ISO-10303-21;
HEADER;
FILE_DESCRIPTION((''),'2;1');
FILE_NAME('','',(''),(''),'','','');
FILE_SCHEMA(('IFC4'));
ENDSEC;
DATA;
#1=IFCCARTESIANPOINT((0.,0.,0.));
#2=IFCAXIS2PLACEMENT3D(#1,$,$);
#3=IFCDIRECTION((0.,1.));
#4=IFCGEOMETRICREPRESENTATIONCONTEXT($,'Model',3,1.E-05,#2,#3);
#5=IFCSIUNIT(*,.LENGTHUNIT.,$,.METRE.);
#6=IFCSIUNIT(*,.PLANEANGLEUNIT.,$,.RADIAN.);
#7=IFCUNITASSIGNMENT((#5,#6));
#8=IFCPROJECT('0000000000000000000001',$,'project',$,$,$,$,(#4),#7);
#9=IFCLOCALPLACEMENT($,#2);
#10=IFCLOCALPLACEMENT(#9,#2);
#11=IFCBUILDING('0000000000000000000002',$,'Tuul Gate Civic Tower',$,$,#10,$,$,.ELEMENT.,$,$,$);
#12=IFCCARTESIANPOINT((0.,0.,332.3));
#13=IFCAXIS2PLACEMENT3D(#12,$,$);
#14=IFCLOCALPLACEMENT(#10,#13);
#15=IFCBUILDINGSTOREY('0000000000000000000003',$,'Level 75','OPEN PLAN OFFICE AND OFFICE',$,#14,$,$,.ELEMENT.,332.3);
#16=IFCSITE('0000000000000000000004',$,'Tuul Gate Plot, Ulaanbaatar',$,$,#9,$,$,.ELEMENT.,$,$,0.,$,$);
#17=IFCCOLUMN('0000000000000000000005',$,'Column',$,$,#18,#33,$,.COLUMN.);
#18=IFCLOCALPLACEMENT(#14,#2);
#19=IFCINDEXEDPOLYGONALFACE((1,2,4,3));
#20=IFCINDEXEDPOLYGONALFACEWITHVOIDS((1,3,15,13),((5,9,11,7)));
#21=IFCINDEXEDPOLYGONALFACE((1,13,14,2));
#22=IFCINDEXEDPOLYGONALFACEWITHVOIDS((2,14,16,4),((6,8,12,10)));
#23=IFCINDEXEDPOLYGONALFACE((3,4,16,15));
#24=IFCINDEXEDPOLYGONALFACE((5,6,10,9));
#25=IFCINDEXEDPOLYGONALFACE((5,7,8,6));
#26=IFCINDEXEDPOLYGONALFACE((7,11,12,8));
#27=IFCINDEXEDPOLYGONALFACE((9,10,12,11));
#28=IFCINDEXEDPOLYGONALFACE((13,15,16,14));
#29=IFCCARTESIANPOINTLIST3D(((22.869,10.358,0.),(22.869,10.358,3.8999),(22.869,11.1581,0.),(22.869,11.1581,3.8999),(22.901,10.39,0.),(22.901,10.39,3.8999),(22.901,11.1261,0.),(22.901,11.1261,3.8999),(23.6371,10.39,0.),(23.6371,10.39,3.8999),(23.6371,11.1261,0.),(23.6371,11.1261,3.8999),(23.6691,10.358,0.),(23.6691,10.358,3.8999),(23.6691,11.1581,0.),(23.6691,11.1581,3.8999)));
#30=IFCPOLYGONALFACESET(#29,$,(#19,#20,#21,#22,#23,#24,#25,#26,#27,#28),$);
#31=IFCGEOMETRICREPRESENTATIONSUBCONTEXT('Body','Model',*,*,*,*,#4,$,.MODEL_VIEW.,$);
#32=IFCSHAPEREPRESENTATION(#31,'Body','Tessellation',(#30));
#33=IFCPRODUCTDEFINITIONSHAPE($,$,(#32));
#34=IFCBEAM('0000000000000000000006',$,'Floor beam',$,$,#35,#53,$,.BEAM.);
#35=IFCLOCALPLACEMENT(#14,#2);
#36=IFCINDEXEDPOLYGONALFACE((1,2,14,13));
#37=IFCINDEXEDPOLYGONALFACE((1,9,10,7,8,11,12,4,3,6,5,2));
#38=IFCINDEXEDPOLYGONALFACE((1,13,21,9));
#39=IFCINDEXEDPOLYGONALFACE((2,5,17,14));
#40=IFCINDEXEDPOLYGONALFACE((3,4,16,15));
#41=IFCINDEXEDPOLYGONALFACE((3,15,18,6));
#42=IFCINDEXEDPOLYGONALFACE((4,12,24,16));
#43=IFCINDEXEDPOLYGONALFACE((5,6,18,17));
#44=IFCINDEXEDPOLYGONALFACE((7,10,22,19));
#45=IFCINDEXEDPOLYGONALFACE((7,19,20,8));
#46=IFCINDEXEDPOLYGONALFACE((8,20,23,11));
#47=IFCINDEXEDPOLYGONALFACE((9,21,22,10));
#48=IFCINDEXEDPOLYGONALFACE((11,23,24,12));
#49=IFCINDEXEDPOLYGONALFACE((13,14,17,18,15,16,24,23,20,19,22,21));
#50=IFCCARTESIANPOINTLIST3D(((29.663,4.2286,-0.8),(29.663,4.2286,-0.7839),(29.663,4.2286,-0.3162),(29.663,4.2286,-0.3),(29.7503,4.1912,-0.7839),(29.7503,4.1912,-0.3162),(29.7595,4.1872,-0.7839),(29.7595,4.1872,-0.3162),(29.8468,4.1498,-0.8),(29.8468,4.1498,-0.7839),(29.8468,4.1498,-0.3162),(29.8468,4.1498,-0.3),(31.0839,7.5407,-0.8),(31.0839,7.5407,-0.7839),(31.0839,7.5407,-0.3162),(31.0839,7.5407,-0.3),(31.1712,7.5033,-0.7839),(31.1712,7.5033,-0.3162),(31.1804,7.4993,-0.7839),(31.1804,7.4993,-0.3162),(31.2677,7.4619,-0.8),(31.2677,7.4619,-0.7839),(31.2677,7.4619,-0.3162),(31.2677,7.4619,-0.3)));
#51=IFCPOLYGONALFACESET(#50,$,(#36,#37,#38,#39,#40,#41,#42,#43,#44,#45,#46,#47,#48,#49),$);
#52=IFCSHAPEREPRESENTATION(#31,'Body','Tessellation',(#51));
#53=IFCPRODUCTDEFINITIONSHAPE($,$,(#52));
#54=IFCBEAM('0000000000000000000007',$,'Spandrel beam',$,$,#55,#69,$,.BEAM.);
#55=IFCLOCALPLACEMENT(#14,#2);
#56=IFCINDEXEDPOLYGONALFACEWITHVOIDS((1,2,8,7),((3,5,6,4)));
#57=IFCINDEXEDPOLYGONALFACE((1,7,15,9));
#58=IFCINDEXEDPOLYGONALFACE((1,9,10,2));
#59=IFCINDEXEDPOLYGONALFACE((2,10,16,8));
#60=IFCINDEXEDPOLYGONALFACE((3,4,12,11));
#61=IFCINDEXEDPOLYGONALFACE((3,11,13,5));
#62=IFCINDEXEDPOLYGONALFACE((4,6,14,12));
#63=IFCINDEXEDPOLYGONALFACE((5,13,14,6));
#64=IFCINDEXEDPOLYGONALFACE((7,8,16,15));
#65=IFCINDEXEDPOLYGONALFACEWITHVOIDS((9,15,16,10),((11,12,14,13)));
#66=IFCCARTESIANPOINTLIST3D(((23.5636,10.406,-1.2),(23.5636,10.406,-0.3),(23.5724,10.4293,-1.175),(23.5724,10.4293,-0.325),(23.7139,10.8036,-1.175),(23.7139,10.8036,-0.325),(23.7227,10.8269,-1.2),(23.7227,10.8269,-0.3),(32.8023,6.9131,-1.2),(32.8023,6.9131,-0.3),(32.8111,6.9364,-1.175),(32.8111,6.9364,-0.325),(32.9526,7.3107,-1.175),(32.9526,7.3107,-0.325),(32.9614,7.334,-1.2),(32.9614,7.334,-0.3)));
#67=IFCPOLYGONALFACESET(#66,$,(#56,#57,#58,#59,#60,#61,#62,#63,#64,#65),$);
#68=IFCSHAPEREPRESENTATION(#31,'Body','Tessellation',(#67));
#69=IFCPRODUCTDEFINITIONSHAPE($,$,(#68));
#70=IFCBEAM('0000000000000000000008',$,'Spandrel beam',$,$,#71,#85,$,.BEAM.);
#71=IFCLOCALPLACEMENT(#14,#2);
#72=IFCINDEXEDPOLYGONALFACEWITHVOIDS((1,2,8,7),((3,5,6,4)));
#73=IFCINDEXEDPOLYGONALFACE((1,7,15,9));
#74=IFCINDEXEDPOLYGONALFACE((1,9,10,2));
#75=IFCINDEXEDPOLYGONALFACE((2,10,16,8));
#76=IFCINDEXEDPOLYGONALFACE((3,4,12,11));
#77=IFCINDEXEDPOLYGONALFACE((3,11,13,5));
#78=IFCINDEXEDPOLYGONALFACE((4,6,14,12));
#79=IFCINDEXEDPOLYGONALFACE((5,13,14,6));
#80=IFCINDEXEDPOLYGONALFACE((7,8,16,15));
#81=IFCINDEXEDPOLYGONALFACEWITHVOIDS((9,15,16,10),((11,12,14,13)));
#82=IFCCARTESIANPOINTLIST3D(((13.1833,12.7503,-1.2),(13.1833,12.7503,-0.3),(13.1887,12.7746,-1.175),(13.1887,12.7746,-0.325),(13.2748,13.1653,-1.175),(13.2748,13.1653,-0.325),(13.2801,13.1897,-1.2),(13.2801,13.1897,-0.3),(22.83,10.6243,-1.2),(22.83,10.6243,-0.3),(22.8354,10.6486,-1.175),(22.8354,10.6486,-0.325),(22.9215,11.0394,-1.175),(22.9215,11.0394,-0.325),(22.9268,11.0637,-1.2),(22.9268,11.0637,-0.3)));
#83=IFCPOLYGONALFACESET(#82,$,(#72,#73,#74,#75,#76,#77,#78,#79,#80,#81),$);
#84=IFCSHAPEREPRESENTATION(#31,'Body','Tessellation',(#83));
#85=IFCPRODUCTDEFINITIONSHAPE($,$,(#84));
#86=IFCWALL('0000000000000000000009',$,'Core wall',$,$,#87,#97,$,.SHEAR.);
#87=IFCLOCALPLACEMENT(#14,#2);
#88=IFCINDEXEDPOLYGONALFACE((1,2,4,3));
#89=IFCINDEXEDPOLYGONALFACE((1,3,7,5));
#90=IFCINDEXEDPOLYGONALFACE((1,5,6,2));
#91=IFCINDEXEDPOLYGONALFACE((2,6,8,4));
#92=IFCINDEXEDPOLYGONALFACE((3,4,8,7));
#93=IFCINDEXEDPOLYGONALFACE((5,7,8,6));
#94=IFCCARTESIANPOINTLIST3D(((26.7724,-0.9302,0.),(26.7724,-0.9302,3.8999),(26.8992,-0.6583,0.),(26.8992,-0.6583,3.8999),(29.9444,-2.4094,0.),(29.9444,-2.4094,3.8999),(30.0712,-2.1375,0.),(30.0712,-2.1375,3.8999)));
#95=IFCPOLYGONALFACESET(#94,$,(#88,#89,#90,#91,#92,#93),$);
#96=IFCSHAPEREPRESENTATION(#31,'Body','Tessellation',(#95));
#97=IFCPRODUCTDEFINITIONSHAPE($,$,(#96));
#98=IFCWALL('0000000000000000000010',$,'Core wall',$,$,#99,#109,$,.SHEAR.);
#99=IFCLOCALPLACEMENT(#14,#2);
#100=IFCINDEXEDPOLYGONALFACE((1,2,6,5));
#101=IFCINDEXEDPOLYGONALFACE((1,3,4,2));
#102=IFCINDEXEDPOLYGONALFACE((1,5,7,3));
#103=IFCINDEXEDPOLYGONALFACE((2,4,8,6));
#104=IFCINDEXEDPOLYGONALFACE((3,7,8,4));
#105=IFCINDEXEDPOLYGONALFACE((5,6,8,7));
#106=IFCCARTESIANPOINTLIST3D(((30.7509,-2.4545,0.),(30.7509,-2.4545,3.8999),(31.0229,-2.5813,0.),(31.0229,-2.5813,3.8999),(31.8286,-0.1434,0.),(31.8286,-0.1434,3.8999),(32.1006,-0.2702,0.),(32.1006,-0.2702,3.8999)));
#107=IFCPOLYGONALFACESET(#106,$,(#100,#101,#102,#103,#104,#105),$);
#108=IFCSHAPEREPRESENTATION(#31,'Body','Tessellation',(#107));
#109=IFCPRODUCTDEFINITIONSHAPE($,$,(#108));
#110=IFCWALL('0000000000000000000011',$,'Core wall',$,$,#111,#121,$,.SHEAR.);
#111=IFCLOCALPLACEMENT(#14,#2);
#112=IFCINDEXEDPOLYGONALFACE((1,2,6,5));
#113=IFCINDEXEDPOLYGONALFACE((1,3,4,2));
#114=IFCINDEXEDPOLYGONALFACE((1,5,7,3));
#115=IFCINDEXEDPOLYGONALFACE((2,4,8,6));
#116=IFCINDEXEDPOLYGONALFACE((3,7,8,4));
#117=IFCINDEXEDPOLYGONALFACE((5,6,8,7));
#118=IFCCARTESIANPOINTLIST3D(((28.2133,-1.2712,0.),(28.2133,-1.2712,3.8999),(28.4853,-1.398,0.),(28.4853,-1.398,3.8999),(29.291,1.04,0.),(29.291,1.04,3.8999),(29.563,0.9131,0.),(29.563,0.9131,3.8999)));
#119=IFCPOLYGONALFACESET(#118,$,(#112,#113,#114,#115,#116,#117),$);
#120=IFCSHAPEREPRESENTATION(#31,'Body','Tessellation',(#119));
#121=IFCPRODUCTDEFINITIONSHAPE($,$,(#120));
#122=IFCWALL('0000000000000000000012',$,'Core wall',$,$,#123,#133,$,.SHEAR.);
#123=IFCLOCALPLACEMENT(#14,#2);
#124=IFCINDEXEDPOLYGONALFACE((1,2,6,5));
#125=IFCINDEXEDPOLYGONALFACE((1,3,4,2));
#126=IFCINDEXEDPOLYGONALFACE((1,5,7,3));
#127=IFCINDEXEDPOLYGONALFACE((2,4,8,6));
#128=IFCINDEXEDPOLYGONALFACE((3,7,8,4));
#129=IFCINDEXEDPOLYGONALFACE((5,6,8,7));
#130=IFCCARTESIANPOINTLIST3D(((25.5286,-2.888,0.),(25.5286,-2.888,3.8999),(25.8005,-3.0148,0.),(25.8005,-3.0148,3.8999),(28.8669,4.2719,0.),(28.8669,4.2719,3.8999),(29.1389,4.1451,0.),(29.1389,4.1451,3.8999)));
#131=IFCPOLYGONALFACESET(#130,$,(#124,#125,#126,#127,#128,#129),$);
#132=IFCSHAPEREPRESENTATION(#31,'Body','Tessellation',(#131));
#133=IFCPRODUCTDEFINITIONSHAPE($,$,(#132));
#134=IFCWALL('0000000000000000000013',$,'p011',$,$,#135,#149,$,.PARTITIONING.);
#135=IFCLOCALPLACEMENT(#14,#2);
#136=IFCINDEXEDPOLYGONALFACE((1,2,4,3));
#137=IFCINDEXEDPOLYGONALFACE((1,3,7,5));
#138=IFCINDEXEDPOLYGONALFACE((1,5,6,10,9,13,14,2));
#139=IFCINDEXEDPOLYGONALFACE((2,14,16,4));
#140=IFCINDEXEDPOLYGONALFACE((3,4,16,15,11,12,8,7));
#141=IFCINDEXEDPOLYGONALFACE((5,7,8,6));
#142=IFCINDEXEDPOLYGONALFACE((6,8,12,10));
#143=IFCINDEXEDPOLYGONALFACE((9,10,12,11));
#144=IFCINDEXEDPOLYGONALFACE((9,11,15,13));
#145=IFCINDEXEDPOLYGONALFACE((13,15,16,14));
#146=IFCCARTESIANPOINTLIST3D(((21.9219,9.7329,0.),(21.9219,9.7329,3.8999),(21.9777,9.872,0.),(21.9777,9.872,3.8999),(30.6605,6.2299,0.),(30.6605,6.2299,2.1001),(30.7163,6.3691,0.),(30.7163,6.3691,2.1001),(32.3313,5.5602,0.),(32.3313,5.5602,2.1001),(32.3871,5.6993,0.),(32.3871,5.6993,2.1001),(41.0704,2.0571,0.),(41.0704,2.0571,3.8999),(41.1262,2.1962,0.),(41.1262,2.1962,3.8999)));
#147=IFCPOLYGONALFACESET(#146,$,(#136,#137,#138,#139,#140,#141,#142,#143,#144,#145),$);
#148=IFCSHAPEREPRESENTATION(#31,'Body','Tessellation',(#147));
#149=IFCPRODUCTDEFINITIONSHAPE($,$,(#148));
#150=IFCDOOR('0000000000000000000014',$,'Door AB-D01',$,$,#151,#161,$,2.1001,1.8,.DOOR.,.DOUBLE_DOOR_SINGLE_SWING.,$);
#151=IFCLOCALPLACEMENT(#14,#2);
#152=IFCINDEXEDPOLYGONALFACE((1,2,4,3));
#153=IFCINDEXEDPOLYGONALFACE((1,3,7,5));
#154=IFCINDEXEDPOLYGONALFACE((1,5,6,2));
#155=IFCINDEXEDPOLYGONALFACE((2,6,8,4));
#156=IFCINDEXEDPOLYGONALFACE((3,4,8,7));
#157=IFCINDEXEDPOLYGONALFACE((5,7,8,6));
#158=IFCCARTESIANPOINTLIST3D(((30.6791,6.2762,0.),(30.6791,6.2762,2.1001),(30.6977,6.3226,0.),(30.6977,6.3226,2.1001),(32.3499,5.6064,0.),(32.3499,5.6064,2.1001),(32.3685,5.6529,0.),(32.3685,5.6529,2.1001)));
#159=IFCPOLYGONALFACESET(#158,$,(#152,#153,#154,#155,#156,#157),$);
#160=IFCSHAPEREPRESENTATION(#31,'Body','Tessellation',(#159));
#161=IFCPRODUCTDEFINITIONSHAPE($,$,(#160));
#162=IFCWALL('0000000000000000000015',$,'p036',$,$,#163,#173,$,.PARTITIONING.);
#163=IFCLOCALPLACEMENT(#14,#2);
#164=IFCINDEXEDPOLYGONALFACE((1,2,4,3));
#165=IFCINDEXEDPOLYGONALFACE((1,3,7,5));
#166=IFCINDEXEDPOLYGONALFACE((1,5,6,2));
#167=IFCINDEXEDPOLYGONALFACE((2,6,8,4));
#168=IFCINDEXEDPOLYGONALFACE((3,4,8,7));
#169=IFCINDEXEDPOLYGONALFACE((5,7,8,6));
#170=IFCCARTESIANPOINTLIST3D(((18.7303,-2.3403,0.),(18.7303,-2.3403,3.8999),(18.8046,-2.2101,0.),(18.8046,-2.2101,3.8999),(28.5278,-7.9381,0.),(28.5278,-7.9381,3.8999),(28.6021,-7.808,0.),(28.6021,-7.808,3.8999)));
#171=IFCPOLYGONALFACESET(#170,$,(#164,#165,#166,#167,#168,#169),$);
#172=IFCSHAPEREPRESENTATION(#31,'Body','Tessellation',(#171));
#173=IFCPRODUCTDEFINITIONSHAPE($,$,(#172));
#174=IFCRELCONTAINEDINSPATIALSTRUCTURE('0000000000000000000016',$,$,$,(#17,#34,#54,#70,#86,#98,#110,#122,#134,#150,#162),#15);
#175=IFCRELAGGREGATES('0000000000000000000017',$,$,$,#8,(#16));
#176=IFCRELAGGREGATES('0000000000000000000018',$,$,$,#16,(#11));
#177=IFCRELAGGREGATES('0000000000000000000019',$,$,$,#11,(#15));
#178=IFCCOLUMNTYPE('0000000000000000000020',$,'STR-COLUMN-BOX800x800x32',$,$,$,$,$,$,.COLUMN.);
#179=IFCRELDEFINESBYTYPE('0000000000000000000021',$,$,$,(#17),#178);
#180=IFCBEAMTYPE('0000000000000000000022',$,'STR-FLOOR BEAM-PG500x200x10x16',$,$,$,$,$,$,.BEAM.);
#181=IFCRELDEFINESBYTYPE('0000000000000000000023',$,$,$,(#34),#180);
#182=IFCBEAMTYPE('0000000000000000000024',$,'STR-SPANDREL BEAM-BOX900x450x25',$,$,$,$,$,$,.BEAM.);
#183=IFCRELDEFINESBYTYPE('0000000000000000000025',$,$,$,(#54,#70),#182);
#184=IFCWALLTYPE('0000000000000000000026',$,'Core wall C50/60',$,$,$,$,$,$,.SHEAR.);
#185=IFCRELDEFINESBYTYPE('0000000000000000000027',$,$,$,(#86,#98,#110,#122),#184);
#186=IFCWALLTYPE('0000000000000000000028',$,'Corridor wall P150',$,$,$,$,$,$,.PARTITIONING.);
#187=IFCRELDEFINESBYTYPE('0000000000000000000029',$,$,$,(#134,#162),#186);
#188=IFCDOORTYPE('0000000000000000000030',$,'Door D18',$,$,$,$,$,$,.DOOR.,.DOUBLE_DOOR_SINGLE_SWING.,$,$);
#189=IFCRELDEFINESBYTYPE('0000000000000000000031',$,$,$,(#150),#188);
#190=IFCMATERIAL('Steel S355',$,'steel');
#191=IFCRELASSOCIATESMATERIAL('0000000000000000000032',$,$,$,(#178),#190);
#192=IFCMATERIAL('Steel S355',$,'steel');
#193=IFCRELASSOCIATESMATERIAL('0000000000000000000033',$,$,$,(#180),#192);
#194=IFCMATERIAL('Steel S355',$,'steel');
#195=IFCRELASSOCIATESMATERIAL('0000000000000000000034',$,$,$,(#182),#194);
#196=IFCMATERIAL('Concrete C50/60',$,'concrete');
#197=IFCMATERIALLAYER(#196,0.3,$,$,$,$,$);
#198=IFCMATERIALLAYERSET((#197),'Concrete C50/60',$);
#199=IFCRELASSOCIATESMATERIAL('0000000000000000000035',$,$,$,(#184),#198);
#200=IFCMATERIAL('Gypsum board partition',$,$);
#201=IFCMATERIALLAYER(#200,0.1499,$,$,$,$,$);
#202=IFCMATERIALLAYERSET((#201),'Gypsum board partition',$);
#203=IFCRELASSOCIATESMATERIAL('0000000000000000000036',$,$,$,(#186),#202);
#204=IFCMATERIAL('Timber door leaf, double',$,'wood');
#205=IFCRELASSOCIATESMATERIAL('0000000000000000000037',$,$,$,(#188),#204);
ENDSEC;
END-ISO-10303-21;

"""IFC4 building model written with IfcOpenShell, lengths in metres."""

from ifc_helpers import new_model, si_unit, direction, frame, frame_2d, origin, origin_2d, place, context, subcontext, project, spatial, rectangle, hollow_rectangle, i_section, extrude, material, layer, layer_set, material_profile, profile_set, type_object, element, fill, save


model = new_model("IFC4")

# Units and contexts
model_context = context("Model", 3, precision=1e-05, world=origin(), true_north=direction((0.0, 1.0)))
body_context = subcontext(model_context, "Body", "Model", "MODEL_VIEW")
ifc_project = project(units=[si_unit("LENGTHUNIT", "METRE"), si_unit("PLANEANGLEUNIT", "RADIAN")], contexts=[model_context])

# Site, building, storey
site_placement = place(None, origin())
site = spatial("IfcSite", under=ifc_project, at=site_placement, Name="Tuul Gate Plot, Ulaanbaatar", CompositionType="ELEMENT", RefElevation=0.0)
building_placement = place(site_placement, origin())
building = spatial("IfcBuilding", under=site, at=building_placement, Name="Tuul Gate Civic Tower", CompositionType="ELEMENT")
storey_placement = place(building_placement, frame((0.0, 0.0, 332.3)))
storey = spatial("IfcBuildingStorey", under=building, at=storey_placement, Name="Level 75", Description="OPEN PLAN OFFICE AND OFFICE", CompositionType="ELEMENT", Elevation=332.3)

# Column
ifc_material_1 = material(Name="Steel S355", Category="steel")
ifc_material_profile_1 = material_profile(ifc_material_1, hollow_rectangle(XDim=0.8, YDim=0.8, WallThickness=0.032, at=origin_2d()), Name="BOX800x800x32")
ifc_profile_set_1 = profile_set([ifc_material_profile_1], Name="Steel S355")
column_type = type_object("IfcColumnType", Name="STR-COLUMN-BOX800x800x32", PredefinedType="COLUMN", material=ifc_profile_set_1)
column_placement = place(storey_placement, frame((23.269, 10.7581, 0.0), z_axis=(0.0, 0.0, 1.0), x_axis=(1.0, 0.0, 0.0)))
element("IfcColumn", 1, at=column_placement, inside=storey, type_object=column_type, Name="Column", PredefinedType="COLUMN", context=body_context, shape_type="SweptSolid", body=[
    extrude(hollow_rectangle(XDim=0.8, YDim=0.8, WallThickness=0.032, at=origin_2d()), origin(), (0.0, 0.0, 1.0), 3.8999),
])

# Beams
ifc_material_2 = material(Name="Steel S355", Category="steel")
ifc_material_profile_2 = material_profile(ifc_material_2, i_section(OverallWidth=0.2, OverallDepth=0.5, WebThickness=0.01, FlangeThickness=0.0161, at=origin_2d()), Name="PG500x200x10x16")
ifc_profile_set_2 = profile_set([ifc_material_profile_2], Name="Steel S355")
beam_type_1 = type_object("IfcBeamType", Name="STR-FLOOR BEAM-PG500x200x10x16", PredefinedType="BEAM", material=ifc_profile_set_2)
beam_1_placement = place(storey_placement, frame((29.7549, 4.1892, -0.55), z_axis=(0.394263, 0.918998, 0.0), x_axis=(-0.918998, 0.394263, 0.0)))
element("IfcBeam", 2, at=beam_1_placement, inside=storey, type_object=beam_type_1, Name="Floor beam", PredefinedType="BEAM", context=body_context, shape_type="SweptSolid", body=[
    extrude(i_section(OverallWidth=0.2, OverallDepth=0.5, WebThickness=0.01, FlangeThickness=0.0161, at=origin_2d()), origin(), (0.0, 0.0, 1.0), 3.604),
])
ifc_material_3 = material(Name="Steel S355", Category="steel")
ifc_material_profile_3 = material_profile(ifc_material_3, hollow_rectangle(XDim=0.45, YDim=0.8999, WallThickness=0.0249, at=origin_2d()), Name="BOX900x450x25")
ifc_profile_set_3 = profile_set([ifc_material_profile_3], Name="Steel S355")
beam_type_2 = type_object("IfcBeamType", Name="STR-SPANDREL BEAM-BOX900x450x25", PredefinedType="BEAM", material=ifc_profile_set_3)
beam_2_placement = place(storey_placement, frame((32.8818, 7.1235, -0.75), z_axis=(-0.935381, 0.353641, 0.0), x_axis=(-0.353641, -0.935381, 0.0)))
element("IfcBeam", 3, at=beam_2_placement, inside=storey, type_object=beam_type_2, Name="Spandrel beam", PredefinedType="BEAM", context=body_context, shape_type="SweptSolid", body=[
    extrude(hollow_rectangle(XDim=0.45, YDim=0.8999, WallThickness=0.0249, at=origin_2d()), origin(), (0.0, 0.0, 1.0), 9.877),
])
beam_3_placement = place(storey_placement, frame((22.8784, 10.844, -0.75), z_axis=(-0.976566, 0.215219, 0.0), x_axis=(-0.215219, -0.976566, 0.0)))
element("IfcBeam", 4, at=beam_3_placement, inside=storey, type_object=beam_type_2, Name="Spandrel beam", PredefinedType="BEAM", context=body_context, shape_type="SweptSolid", body=[
    extrude(hollow_rectangle(XDim=0.45, YDim=0.8999, WallThickness=0.0249, at=origin_2d()), origin(), (0.0, 0.0, 1.0), 9.8782),
])

# Walls
ifc_material_4 = material(Name="Concrete C50/60", Category="concrete")
ifc_layer_1 = layer(ifc_material_4, 0.3)
ifc_layer_set_1 = layer_set([ifc_layer_1], Name="Concrete C50/60")
wall_type_1 = type_object("IfcWallType", Name="Core wall C50/60", PredefinedType="SHEAR", material=ifc_layer_set_1)
wall_1_placement = place(storey_placement, frame((30.0078, -2.2734, 0.0), z_axis=(0.0, 0.0, 1.0), x_axis=(-0.906301, 0.422633, 0.0)))
element("IfcWall", 5, at=wall_1_placement, inside=storey, type_object=wall_type_1, Name="Core wall", PredefinedType="SHEAR", context=body_context, shape_type="SweptSolid", body=[
    extrude(rectangle(XDim=3.5, YDim=0.3, at=frame_2d((1.75, 0.0))), origin(), (0.0, 0.0, 1.0), 3.8999),
])
for number, where, z_axis, x_axis, name in (
    (6, (30.887, -2.5178, 0.0), (0.0, 0.0, 1.0), (0.422613, 0.90631, 0.0), "Core wall"),
    (7, (28.3494, -1.3345, 0.0), (0.0, 0.0, 1.0), (0.422613, 0.90631, 0.0), "Core wall"),
):
    element("IfcWall", number, at=place(storey_placement, frame(where, z_axis=z_axis, x_axis=x_axis)), inside=storey, type_object=wall_type_1, Name=name, PredefinedType="SHEAR", context=body_context, shape_type="SweptSolid", body=[
        extrude(rectangle(XDim=2.55, YDim=0.3, at=frame_2d((1.2749, 0.0))), origin(), (0.0, 0.0, 1.0), 3.8999),
    ])
wall_2_placement = place(storey_placement, frame((25.6646, -2.9514, 0.0), z_axis=(0.0, 0.0, 1.0), x_axis=(0.422583, 0.906324, 0.0)))
element("IfcWall", 8, at=wall_2_placement, inside=storey, type_object=wall_type_1, Name="Core wall", PredefinedType="SHEAR", context=body_context, shape_type="SweptSolid", body=[
    extrude(rectangle(XDim=7.8999, YDim=0.3, at=frame_2d((3.95, 0.0))), origin(), (0.0, 0.0, 1.0), 3.8999),
])

# Wall, opening, door
ifc_material_5 = material(Name="Gypsum board partition")
ifc_layer_2 = layer(ifc_material_5, 0.1499)
ifc_layer_set_2 = layer_set([ifc_layer_2], Name="Gypsum board partition")
wall_type_2 = type_object("IfcWallType", Name="Corridor wall P150", PredefinedType="PARTITIONING", material=ifc_layer_set_2)
wall_3_placement = place(storey_placement, frame((21.9497, 9.8025, 0.0), z_axis=(0.0, 0.0, 1.0), x_axis=(0.928202, -0.372076, 0.0)))
wall_3 = element("IfcWall", 9, at=wall_3_placement, inside=storey, type_object=wall_type_2, Name="p011", PredefinedType="PARTITIONING", context=body_context, shape_type="SweptSolid", body=[
    extrude(rectangle(XDim=20.6296, YDim=0.1499, at=frame_2d((10.3149, 0.0))), origin(), (0.0, 0.0, 1.0), 3.8999),
])
opening_1_placement = place(wall_3_placement, frame((9.4148, 0.0, 0.0)))
opening_1 = element("IfcOpeningElement", 10, at=opening_1_placement, cuts=wall_3, PredefinedType="OPENING", context=body_context, shape_type="SweptSolid", body=[
    extrude(rectangle(XDim=1.8, YDim=2.1001, at=frame_2d((0.8999, 1.05))), frame((0.0, 0.085, 0.0), z_axis=(0.0, -1.0, 0.0), x_axis=(1.0, 0.0, 0.0)), (0.0, 0.0, 1.0), 0.1699),
])
ifc_material_6 = material(Name="Timber door leaf, double", Category="wood")
door_type_1 = type_object("IfcDoorType", Name="Door D18", OperationType="DOUBLE_DOOR_SINGLE_SWING", PredefinedType="DOOR", material=ifc_material_6)
door_1_placement = place(opening_1_placement, origin())
door_1 = element("IfcDoor", 11, at=door_1_placement, inside=storey, type_object=door_type_1, Name="Door AB-D01", OperationType="DOUBLE_DOOR_SINGLE_SWING", OverallHeight=2.1001, OverallWidth=1.8, PredefinedType="DOOR", context=body_context, shape_type="SweptSolid", body=[
    extrude(rectangle(XDim=1.8, YDim=2.1001, at=frame_2d((0.8999, 1.05))), frame((0.0, 0.0249, 0.0), z_axis=(0.0, -1.0, 0.0), x_axis=(1.0, 0.0, 0.0)), (0.0, 0.0, 1.0), 0.05),
])
fill(opening_1, door_1)

# Wall
wall_4_placement = place(storey_placement, frame((18.7673, -2.2751, 0.0), z_axis=(0.0, 0.0, 1.0), x_axis=(0.868271, -0.49609, 0.0)))
element("IfcWall", 12, at=wall_4_placement, inside=storey, type_object=wall_type_2, Name="p036", PredefinedType="PARTITIONING", context=body_context, shape_type="SweptSolid", body=[
    extrude(rectangle(XDim=11.2839, YDim=0.1499, at=frame_2d((5.6421, 0.0))), origin(), (0.0, 0.0, 1.0), 3.8999),
])

save(model, "model.ifc")
